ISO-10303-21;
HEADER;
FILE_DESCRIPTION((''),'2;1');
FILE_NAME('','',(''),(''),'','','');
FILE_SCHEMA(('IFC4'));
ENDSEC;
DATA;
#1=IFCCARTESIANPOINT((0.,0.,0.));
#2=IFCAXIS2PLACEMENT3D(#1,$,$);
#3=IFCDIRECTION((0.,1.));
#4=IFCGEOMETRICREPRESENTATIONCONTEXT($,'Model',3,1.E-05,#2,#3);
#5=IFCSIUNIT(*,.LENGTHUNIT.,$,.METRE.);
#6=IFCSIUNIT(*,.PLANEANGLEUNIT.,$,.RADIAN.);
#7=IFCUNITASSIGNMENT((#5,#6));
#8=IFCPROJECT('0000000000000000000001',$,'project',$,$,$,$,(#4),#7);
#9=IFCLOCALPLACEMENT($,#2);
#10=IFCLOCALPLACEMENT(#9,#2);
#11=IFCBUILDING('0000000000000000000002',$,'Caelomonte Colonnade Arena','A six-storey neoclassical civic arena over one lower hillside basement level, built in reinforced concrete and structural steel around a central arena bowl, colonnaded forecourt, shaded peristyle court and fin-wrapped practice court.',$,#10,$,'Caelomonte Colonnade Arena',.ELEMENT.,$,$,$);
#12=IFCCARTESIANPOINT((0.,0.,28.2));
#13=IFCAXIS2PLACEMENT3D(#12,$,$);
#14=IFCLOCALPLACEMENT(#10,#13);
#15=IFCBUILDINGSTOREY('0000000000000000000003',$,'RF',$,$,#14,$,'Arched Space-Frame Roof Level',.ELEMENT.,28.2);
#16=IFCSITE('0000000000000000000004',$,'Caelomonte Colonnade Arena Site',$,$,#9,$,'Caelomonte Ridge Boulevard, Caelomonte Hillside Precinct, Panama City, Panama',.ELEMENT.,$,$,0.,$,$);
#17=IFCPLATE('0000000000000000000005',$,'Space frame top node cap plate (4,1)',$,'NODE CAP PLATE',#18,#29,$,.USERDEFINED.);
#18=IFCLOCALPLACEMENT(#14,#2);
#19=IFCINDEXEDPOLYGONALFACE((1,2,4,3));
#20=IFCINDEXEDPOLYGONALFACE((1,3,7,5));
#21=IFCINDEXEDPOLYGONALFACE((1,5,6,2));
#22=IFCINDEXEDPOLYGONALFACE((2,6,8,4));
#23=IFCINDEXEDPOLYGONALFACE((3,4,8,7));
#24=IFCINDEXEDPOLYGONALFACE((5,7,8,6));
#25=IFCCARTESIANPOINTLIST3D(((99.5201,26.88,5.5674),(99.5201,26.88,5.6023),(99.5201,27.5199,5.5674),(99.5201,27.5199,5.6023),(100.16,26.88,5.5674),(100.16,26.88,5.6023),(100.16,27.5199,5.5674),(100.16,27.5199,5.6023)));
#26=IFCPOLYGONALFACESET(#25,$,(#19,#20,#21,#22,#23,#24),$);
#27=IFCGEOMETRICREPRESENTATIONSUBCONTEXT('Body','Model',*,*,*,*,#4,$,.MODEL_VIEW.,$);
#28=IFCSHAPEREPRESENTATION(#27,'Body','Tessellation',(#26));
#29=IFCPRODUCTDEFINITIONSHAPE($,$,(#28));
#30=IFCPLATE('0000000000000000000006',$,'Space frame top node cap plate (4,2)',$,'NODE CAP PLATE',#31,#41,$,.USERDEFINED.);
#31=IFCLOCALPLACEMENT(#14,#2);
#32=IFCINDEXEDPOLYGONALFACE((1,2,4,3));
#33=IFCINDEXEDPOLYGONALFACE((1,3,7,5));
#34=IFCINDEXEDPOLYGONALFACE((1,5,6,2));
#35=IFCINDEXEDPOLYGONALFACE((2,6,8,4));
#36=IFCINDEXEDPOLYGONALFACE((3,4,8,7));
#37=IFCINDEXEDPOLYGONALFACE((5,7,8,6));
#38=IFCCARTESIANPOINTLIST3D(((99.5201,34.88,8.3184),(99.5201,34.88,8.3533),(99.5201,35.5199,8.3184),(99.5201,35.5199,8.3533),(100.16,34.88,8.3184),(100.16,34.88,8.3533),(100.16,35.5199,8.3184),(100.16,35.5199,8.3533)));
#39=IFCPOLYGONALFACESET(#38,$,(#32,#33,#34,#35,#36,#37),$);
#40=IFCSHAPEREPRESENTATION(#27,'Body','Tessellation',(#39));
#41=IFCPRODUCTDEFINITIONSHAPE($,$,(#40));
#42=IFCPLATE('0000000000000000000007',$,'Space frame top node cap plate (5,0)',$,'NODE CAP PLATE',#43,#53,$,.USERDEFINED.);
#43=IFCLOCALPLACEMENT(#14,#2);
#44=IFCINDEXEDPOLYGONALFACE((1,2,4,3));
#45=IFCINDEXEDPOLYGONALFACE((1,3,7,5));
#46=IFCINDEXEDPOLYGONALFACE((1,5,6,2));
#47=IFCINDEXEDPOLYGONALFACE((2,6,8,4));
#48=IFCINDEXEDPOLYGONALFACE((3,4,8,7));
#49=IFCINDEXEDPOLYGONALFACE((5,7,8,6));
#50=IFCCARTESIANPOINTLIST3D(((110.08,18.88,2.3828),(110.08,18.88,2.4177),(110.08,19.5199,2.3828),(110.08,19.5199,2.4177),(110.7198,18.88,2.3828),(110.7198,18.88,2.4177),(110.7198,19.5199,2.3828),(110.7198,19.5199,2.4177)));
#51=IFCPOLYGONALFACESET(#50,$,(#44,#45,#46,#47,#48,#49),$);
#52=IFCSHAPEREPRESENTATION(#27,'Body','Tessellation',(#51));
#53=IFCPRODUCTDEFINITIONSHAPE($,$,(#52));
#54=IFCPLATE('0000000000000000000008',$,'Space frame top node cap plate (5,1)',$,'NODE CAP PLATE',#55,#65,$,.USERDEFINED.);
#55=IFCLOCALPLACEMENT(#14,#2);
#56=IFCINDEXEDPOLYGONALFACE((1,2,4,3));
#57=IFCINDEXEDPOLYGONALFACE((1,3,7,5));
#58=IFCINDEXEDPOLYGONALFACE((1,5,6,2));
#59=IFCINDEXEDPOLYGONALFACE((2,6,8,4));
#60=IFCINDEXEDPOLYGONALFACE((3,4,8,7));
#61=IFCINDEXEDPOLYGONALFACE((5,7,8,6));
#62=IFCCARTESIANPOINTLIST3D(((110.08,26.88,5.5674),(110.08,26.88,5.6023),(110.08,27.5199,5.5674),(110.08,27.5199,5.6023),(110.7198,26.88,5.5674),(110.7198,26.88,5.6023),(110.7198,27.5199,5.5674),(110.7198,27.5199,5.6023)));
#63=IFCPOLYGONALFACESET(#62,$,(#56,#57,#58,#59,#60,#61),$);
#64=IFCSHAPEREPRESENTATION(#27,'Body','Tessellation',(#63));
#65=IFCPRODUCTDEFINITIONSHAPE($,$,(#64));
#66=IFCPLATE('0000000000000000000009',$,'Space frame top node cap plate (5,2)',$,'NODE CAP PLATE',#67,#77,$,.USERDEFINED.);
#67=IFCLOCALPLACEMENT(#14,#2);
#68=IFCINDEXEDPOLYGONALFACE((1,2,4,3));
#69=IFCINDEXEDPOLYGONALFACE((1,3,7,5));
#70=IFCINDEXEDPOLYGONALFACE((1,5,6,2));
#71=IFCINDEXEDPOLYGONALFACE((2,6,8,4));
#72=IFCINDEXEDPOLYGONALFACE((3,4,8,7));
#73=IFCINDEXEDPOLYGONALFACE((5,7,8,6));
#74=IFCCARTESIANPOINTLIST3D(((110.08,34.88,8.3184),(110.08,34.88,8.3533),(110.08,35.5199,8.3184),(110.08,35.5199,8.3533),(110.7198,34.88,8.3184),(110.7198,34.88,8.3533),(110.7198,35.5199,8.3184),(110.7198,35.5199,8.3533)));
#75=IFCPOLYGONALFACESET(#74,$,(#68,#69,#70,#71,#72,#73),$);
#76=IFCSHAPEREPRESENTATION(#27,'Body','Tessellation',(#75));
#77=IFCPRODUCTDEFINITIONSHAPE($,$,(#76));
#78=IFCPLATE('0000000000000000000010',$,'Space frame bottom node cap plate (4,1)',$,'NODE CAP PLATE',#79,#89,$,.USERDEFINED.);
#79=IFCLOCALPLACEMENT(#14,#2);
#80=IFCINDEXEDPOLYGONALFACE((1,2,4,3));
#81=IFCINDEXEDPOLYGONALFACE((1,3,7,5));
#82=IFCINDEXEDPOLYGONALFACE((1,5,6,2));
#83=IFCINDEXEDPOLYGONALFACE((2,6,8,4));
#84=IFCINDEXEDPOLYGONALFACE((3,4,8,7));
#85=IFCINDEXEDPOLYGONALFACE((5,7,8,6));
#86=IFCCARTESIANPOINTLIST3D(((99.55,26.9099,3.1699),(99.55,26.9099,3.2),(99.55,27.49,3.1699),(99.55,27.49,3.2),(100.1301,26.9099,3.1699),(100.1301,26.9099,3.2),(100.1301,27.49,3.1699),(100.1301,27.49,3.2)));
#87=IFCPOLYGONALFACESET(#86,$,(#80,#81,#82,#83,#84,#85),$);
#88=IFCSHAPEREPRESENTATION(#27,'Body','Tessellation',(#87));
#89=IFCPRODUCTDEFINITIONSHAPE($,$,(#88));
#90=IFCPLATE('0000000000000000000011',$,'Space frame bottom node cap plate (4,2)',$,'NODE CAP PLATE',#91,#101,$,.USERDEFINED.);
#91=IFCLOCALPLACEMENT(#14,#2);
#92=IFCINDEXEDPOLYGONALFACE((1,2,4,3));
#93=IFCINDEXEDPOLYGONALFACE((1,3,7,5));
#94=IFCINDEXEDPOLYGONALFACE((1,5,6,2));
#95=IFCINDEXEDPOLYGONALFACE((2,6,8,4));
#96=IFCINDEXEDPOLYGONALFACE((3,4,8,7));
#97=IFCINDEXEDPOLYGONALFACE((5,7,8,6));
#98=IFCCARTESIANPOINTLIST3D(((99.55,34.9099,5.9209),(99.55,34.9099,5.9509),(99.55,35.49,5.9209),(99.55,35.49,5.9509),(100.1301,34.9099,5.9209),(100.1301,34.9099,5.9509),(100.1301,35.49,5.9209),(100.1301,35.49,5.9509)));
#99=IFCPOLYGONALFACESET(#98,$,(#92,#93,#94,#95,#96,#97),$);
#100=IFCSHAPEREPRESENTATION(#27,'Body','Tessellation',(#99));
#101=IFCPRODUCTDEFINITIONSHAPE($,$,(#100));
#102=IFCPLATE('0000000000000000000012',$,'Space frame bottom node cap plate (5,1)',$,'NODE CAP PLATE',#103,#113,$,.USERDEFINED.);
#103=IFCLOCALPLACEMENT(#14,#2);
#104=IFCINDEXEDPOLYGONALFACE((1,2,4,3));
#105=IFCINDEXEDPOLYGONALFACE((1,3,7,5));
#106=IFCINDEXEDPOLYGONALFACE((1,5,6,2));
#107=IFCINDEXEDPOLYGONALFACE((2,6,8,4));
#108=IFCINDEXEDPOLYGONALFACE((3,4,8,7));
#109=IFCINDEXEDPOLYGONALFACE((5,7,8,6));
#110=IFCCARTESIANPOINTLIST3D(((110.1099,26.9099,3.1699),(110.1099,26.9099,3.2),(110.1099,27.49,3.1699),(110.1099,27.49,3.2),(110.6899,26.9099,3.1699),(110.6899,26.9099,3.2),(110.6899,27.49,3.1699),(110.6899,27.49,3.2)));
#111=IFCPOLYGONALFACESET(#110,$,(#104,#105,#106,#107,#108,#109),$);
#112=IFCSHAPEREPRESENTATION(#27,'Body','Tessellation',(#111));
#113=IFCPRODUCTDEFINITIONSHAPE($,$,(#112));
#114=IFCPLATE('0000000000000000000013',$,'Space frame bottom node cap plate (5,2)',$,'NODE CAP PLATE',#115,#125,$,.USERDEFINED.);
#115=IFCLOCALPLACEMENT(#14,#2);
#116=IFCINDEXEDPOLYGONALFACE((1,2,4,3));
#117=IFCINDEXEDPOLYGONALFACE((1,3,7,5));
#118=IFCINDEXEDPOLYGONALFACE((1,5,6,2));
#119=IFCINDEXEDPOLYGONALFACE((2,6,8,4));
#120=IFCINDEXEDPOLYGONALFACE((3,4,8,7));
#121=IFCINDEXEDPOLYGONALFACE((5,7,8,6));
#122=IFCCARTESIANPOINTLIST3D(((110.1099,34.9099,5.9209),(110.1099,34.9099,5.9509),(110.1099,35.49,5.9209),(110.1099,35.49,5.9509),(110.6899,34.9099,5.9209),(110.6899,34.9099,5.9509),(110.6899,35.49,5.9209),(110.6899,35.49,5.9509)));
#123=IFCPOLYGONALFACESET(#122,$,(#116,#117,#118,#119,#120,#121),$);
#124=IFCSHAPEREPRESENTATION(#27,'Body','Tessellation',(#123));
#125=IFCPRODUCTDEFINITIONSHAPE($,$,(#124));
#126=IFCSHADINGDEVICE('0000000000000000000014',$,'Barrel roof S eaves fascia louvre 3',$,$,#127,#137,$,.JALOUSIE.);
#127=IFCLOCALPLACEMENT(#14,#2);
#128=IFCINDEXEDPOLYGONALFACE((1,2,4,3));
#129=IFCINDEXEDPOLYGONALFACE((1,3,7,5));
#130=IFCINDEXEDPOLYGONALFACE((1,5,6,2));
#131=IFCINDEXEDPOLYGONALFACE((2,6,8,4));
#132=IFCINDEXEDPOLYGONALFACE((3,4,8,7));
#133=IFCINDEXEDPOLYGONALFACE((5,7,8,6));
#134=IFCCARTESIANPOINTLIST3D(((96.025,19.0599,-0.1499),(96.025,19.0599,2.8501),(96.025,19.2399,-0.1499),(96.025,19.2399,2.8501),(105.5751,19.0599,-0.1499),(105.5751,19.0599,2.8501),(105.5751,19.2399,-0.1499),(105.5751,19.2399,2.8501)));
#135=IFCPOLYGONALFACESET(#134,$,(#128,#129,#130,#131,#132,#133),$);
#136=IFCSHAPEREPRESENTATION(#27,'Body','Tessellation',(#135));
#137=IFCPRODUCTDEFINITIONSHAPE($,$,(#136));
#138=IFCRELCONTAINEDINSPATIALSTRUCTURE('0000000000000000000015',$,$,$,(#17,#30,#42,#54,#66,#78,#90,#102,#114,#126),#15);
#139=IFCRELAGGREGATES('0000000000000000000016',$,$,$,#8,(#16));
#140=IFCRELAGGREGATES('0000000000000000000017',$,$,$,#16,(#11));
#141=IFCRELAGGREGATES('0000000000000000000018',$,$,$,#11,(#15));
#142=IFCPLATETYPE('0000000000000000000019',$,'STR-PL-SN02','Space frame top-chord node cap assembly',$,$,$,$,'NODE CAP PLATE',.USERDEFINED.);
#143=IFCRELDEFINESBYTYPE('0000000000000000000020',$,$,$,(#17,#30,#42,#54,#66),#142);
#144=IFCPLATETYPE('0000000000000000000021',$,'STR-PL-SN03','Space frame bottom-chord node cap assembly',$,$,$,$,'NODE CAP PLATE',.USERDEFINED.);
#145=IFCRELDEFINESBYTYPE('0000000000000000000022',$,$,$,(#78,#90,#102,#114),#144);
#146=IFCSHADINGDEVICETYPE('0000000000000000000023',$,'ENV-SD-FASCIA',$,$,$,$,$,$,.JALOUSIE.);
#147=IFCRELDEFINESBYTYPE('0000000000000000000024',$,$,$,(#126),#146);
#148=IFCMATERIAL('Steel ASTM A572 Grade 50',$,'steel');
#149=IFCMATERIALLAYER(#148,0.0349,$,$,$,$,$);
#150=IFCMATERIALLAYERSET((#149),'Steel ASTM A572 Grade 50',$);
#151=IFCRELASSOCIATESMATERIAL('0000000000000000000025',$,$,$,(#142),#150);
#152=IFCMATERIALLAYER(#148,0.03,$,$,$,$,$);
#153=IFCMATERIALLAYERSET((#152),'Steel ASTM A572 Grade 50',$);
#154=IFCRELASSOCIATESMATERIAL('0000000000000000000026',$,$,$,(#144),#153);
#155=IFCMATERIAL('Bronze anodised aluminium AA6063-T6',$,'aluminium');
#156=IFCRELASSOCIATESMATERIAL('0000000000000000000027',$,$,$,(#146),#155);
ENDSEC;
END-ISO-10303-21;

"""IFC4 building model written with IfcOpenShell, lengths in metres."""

from ifc_helpers import new_model, si_unit, direction, frame, origin, origin_2d, place, context, subcontext, project, spatial, rectangle, extrude, material, layer, layer_set, type_object, element, save


model = new_model("IFC4")

# Units and contexts
model_context = context("Model", 3, precision=1e-05, world=origin(), true_north=direction((0.0, 1.0)))
body_context = subcontext(model_context, "Body", "Model", "MODEL_VIEW")
ifc_project = project(units=[si_unit("LENGTHUNIT", "METRE"), si_unit("PLANEANGLEUNIT", "RADIAN")], contexts=[model_context])

# Site, building, storey
site_placement = place(None, origin())
site = spatial("IfcSite", under=ifc_project, at=site_placement, Name="Caelomonte Colonnade Arena Site", LongName="Caelomonte Ridge Boulevard, Caelomonte Hillside Precinct, Panama City, Panama", CompositionType="ELEMENT", RefElevation=0.0)
building_placement = place(site_placement, origin())
building = spatial("IfcBuilding", under=site, at=building_placement, Name="Caelomonte Colonnade Arena", Description="A six-storey neoclassical civic arena over one lower hillside basement level, built in reinforced concrete and structural steel around a central arena bowl, colonnaded forecourt, shaded peristyle court and fin-wrapped practice court.", LongName="Caelomonte Colonnade Arena", CompositionType="ELEMENT")
storey_placement = place(building_placement, frame((0.0, 0.0, 28.2)))
storey = spatial("IfcBuildingStorey", under=building, at=storey_placement, Name="RF", LongName="Arched Space-Frame Roof Level", CompositionType="ELEMENT", Elevation=28.2)

# Plates
ifc_material_1 = material(Name="Steel ASTM A572 Grade 50", Category="steel")
ifc_layer_1 = layer(ifc_material_1, 0.0349)
ifc_layer_set_1 = layer_set([ifc_layer_1], Name="Steel ASTM A572 Grade 50")
plate_type_1 = type_object("IfcPlateType", Name="STR-PL-SN02", Description="Space frame top-chord node cap assembly", ElementType="NODE CAP PLATE", PredefinedType="USERDEFINED", material=ifc_layer_set_1)
for number, where, z_axis, x_axis, name in (
    (1, (99.8401, 27.2, 5.5674), (0.0, 0.0, 1.0), (1.0, 0.0, 0.0), "Space frame top node cap plate (4,1)"),
    (2, (99.8401, 35.2, 8.3184), (0.0, 0.0, 1.0), (1.0, 0.0, 0.0), "Space frame top node cap plate (4,2)"),
    (3, (110.3999, 19.2, 2.3828), (0.0, 0.0, 1.0), (1.0, 0.0, 0.0), "Space frame top node cap plate (5,0)"),
    (4, (110.3999, 27.2, 5.5674), (0.0, 0.0, 1.0), (1.0, 0.0, 0.0), "Space frame top node cap plate (5,1)"),
    (5, (110.3999, 35.2, 8.3184), (0.0, 0.0, 1.0), (1.0, 0.0, 0.0), "Space frame top node cap plate (5,2)"),
):
    element("IfcPlate", number, at=place(storey_placement, frame(where, z_axis=z_axis, x_axis=x_axis)), inside=storey, type_object=plate_type_1, Name=name, ObjectType="NODE CAP PLATE", PredefinedType="USERDEFINED", context=body_context, shape_type="SweptSolid", body=[
        extrude(rectangle(XDim=0.6399, YDim=0.6399, at=origin_2d()), origin(), (0.0, 0.0, 1.0), 0.0349),
    ])
ifc_layer_2 = layer(ifc_material_1, 0.03)
ifc_layer_set_2 = layer_set([ifc_layer_2], Name="Steel ASTM A572 Grade 50")
plate_type_2 = type_object("IfcPlateType", Name="STR-PL-SN03", Description="Space frame bottom-chord node cap assembly", ElementType="NODE CAP PLATE", PredefinedType="USERDEFINED", material=ifc_layer_set_2)
for number, where, z_axis, x_axis, name in (
    (6, (99.8401, 27.2, 3.1699), (0.0, 0.0, 1.0), (1.0, 0.0, 0.0), "Space frame bottom node cap plate (4,1)"),
    (7, (99.8401, 35.2, 5.9209), (0.0, 0.0, 1.0), (1.0, 0.0, 0.0), "Space frame bottom node cap plate (4,2)"),
    (8, (110.3999, 27.2, 3.1699), (0.0, 0.0, 1.0), (1.0, 0.0, 0.0), "Space frame bottom node cap plate (5,1)"),
    (9, (110.3999, 35.2, 5.9209), (0.0, 0.0, 1.0), (1.0, 0.0, 0.0), "Space frame bottom node cap plate (5,2)"),
):
    element("IfcPlate", number, at=place(storey_placement, frame(where, z_axis=z_axis, x_axis=x_axis)), inside=storey, type_object=plate_type_2, Name=name, ObjectType="NODE CAP PLATE", PredefinedType="USERDEFINED", context=body_context, shape_type="SweptSolid", body=[
        extrude(rectangle(XDim=0.5801, YDim=0.5801, at=origin_2d()), origin(), (0.0, 0.0, 1.0), 0.03),
    ])

# Shading device
ifc_material_2 = material(Name="Bronze anodised aluminium AA6063-T6", Category="aluminium")
shading_device_type = type_object("IfcShadingDeviceType", Name="ENV-SD-FASCIA", PredefinedType="JALOUSIE", material=ifc_material_2)
shading_device_placement = place(storey_placement, frame((100.8, 19.1499, -0.1499), z_axis=(0.0, 0.0, 1.0), x_axis=(1.0, 0.0, 0.0)))
element("IfcShadingDevice", 10, at=shading_device_placement, inside=storey, type_object=shading_device_type, Name="Barrel roof S eaves fascia louvre 3", PredefinedType="JALOUSIE", context=body_context, shape_type="SweptSolid", body=[
    extrude(rectangle(XDim=9.55, YDim=0.1799, at=origin_2d()), origin(), (0.0, 0.0, 1.0), 3.0),
])

save(model, "model.ifc")
